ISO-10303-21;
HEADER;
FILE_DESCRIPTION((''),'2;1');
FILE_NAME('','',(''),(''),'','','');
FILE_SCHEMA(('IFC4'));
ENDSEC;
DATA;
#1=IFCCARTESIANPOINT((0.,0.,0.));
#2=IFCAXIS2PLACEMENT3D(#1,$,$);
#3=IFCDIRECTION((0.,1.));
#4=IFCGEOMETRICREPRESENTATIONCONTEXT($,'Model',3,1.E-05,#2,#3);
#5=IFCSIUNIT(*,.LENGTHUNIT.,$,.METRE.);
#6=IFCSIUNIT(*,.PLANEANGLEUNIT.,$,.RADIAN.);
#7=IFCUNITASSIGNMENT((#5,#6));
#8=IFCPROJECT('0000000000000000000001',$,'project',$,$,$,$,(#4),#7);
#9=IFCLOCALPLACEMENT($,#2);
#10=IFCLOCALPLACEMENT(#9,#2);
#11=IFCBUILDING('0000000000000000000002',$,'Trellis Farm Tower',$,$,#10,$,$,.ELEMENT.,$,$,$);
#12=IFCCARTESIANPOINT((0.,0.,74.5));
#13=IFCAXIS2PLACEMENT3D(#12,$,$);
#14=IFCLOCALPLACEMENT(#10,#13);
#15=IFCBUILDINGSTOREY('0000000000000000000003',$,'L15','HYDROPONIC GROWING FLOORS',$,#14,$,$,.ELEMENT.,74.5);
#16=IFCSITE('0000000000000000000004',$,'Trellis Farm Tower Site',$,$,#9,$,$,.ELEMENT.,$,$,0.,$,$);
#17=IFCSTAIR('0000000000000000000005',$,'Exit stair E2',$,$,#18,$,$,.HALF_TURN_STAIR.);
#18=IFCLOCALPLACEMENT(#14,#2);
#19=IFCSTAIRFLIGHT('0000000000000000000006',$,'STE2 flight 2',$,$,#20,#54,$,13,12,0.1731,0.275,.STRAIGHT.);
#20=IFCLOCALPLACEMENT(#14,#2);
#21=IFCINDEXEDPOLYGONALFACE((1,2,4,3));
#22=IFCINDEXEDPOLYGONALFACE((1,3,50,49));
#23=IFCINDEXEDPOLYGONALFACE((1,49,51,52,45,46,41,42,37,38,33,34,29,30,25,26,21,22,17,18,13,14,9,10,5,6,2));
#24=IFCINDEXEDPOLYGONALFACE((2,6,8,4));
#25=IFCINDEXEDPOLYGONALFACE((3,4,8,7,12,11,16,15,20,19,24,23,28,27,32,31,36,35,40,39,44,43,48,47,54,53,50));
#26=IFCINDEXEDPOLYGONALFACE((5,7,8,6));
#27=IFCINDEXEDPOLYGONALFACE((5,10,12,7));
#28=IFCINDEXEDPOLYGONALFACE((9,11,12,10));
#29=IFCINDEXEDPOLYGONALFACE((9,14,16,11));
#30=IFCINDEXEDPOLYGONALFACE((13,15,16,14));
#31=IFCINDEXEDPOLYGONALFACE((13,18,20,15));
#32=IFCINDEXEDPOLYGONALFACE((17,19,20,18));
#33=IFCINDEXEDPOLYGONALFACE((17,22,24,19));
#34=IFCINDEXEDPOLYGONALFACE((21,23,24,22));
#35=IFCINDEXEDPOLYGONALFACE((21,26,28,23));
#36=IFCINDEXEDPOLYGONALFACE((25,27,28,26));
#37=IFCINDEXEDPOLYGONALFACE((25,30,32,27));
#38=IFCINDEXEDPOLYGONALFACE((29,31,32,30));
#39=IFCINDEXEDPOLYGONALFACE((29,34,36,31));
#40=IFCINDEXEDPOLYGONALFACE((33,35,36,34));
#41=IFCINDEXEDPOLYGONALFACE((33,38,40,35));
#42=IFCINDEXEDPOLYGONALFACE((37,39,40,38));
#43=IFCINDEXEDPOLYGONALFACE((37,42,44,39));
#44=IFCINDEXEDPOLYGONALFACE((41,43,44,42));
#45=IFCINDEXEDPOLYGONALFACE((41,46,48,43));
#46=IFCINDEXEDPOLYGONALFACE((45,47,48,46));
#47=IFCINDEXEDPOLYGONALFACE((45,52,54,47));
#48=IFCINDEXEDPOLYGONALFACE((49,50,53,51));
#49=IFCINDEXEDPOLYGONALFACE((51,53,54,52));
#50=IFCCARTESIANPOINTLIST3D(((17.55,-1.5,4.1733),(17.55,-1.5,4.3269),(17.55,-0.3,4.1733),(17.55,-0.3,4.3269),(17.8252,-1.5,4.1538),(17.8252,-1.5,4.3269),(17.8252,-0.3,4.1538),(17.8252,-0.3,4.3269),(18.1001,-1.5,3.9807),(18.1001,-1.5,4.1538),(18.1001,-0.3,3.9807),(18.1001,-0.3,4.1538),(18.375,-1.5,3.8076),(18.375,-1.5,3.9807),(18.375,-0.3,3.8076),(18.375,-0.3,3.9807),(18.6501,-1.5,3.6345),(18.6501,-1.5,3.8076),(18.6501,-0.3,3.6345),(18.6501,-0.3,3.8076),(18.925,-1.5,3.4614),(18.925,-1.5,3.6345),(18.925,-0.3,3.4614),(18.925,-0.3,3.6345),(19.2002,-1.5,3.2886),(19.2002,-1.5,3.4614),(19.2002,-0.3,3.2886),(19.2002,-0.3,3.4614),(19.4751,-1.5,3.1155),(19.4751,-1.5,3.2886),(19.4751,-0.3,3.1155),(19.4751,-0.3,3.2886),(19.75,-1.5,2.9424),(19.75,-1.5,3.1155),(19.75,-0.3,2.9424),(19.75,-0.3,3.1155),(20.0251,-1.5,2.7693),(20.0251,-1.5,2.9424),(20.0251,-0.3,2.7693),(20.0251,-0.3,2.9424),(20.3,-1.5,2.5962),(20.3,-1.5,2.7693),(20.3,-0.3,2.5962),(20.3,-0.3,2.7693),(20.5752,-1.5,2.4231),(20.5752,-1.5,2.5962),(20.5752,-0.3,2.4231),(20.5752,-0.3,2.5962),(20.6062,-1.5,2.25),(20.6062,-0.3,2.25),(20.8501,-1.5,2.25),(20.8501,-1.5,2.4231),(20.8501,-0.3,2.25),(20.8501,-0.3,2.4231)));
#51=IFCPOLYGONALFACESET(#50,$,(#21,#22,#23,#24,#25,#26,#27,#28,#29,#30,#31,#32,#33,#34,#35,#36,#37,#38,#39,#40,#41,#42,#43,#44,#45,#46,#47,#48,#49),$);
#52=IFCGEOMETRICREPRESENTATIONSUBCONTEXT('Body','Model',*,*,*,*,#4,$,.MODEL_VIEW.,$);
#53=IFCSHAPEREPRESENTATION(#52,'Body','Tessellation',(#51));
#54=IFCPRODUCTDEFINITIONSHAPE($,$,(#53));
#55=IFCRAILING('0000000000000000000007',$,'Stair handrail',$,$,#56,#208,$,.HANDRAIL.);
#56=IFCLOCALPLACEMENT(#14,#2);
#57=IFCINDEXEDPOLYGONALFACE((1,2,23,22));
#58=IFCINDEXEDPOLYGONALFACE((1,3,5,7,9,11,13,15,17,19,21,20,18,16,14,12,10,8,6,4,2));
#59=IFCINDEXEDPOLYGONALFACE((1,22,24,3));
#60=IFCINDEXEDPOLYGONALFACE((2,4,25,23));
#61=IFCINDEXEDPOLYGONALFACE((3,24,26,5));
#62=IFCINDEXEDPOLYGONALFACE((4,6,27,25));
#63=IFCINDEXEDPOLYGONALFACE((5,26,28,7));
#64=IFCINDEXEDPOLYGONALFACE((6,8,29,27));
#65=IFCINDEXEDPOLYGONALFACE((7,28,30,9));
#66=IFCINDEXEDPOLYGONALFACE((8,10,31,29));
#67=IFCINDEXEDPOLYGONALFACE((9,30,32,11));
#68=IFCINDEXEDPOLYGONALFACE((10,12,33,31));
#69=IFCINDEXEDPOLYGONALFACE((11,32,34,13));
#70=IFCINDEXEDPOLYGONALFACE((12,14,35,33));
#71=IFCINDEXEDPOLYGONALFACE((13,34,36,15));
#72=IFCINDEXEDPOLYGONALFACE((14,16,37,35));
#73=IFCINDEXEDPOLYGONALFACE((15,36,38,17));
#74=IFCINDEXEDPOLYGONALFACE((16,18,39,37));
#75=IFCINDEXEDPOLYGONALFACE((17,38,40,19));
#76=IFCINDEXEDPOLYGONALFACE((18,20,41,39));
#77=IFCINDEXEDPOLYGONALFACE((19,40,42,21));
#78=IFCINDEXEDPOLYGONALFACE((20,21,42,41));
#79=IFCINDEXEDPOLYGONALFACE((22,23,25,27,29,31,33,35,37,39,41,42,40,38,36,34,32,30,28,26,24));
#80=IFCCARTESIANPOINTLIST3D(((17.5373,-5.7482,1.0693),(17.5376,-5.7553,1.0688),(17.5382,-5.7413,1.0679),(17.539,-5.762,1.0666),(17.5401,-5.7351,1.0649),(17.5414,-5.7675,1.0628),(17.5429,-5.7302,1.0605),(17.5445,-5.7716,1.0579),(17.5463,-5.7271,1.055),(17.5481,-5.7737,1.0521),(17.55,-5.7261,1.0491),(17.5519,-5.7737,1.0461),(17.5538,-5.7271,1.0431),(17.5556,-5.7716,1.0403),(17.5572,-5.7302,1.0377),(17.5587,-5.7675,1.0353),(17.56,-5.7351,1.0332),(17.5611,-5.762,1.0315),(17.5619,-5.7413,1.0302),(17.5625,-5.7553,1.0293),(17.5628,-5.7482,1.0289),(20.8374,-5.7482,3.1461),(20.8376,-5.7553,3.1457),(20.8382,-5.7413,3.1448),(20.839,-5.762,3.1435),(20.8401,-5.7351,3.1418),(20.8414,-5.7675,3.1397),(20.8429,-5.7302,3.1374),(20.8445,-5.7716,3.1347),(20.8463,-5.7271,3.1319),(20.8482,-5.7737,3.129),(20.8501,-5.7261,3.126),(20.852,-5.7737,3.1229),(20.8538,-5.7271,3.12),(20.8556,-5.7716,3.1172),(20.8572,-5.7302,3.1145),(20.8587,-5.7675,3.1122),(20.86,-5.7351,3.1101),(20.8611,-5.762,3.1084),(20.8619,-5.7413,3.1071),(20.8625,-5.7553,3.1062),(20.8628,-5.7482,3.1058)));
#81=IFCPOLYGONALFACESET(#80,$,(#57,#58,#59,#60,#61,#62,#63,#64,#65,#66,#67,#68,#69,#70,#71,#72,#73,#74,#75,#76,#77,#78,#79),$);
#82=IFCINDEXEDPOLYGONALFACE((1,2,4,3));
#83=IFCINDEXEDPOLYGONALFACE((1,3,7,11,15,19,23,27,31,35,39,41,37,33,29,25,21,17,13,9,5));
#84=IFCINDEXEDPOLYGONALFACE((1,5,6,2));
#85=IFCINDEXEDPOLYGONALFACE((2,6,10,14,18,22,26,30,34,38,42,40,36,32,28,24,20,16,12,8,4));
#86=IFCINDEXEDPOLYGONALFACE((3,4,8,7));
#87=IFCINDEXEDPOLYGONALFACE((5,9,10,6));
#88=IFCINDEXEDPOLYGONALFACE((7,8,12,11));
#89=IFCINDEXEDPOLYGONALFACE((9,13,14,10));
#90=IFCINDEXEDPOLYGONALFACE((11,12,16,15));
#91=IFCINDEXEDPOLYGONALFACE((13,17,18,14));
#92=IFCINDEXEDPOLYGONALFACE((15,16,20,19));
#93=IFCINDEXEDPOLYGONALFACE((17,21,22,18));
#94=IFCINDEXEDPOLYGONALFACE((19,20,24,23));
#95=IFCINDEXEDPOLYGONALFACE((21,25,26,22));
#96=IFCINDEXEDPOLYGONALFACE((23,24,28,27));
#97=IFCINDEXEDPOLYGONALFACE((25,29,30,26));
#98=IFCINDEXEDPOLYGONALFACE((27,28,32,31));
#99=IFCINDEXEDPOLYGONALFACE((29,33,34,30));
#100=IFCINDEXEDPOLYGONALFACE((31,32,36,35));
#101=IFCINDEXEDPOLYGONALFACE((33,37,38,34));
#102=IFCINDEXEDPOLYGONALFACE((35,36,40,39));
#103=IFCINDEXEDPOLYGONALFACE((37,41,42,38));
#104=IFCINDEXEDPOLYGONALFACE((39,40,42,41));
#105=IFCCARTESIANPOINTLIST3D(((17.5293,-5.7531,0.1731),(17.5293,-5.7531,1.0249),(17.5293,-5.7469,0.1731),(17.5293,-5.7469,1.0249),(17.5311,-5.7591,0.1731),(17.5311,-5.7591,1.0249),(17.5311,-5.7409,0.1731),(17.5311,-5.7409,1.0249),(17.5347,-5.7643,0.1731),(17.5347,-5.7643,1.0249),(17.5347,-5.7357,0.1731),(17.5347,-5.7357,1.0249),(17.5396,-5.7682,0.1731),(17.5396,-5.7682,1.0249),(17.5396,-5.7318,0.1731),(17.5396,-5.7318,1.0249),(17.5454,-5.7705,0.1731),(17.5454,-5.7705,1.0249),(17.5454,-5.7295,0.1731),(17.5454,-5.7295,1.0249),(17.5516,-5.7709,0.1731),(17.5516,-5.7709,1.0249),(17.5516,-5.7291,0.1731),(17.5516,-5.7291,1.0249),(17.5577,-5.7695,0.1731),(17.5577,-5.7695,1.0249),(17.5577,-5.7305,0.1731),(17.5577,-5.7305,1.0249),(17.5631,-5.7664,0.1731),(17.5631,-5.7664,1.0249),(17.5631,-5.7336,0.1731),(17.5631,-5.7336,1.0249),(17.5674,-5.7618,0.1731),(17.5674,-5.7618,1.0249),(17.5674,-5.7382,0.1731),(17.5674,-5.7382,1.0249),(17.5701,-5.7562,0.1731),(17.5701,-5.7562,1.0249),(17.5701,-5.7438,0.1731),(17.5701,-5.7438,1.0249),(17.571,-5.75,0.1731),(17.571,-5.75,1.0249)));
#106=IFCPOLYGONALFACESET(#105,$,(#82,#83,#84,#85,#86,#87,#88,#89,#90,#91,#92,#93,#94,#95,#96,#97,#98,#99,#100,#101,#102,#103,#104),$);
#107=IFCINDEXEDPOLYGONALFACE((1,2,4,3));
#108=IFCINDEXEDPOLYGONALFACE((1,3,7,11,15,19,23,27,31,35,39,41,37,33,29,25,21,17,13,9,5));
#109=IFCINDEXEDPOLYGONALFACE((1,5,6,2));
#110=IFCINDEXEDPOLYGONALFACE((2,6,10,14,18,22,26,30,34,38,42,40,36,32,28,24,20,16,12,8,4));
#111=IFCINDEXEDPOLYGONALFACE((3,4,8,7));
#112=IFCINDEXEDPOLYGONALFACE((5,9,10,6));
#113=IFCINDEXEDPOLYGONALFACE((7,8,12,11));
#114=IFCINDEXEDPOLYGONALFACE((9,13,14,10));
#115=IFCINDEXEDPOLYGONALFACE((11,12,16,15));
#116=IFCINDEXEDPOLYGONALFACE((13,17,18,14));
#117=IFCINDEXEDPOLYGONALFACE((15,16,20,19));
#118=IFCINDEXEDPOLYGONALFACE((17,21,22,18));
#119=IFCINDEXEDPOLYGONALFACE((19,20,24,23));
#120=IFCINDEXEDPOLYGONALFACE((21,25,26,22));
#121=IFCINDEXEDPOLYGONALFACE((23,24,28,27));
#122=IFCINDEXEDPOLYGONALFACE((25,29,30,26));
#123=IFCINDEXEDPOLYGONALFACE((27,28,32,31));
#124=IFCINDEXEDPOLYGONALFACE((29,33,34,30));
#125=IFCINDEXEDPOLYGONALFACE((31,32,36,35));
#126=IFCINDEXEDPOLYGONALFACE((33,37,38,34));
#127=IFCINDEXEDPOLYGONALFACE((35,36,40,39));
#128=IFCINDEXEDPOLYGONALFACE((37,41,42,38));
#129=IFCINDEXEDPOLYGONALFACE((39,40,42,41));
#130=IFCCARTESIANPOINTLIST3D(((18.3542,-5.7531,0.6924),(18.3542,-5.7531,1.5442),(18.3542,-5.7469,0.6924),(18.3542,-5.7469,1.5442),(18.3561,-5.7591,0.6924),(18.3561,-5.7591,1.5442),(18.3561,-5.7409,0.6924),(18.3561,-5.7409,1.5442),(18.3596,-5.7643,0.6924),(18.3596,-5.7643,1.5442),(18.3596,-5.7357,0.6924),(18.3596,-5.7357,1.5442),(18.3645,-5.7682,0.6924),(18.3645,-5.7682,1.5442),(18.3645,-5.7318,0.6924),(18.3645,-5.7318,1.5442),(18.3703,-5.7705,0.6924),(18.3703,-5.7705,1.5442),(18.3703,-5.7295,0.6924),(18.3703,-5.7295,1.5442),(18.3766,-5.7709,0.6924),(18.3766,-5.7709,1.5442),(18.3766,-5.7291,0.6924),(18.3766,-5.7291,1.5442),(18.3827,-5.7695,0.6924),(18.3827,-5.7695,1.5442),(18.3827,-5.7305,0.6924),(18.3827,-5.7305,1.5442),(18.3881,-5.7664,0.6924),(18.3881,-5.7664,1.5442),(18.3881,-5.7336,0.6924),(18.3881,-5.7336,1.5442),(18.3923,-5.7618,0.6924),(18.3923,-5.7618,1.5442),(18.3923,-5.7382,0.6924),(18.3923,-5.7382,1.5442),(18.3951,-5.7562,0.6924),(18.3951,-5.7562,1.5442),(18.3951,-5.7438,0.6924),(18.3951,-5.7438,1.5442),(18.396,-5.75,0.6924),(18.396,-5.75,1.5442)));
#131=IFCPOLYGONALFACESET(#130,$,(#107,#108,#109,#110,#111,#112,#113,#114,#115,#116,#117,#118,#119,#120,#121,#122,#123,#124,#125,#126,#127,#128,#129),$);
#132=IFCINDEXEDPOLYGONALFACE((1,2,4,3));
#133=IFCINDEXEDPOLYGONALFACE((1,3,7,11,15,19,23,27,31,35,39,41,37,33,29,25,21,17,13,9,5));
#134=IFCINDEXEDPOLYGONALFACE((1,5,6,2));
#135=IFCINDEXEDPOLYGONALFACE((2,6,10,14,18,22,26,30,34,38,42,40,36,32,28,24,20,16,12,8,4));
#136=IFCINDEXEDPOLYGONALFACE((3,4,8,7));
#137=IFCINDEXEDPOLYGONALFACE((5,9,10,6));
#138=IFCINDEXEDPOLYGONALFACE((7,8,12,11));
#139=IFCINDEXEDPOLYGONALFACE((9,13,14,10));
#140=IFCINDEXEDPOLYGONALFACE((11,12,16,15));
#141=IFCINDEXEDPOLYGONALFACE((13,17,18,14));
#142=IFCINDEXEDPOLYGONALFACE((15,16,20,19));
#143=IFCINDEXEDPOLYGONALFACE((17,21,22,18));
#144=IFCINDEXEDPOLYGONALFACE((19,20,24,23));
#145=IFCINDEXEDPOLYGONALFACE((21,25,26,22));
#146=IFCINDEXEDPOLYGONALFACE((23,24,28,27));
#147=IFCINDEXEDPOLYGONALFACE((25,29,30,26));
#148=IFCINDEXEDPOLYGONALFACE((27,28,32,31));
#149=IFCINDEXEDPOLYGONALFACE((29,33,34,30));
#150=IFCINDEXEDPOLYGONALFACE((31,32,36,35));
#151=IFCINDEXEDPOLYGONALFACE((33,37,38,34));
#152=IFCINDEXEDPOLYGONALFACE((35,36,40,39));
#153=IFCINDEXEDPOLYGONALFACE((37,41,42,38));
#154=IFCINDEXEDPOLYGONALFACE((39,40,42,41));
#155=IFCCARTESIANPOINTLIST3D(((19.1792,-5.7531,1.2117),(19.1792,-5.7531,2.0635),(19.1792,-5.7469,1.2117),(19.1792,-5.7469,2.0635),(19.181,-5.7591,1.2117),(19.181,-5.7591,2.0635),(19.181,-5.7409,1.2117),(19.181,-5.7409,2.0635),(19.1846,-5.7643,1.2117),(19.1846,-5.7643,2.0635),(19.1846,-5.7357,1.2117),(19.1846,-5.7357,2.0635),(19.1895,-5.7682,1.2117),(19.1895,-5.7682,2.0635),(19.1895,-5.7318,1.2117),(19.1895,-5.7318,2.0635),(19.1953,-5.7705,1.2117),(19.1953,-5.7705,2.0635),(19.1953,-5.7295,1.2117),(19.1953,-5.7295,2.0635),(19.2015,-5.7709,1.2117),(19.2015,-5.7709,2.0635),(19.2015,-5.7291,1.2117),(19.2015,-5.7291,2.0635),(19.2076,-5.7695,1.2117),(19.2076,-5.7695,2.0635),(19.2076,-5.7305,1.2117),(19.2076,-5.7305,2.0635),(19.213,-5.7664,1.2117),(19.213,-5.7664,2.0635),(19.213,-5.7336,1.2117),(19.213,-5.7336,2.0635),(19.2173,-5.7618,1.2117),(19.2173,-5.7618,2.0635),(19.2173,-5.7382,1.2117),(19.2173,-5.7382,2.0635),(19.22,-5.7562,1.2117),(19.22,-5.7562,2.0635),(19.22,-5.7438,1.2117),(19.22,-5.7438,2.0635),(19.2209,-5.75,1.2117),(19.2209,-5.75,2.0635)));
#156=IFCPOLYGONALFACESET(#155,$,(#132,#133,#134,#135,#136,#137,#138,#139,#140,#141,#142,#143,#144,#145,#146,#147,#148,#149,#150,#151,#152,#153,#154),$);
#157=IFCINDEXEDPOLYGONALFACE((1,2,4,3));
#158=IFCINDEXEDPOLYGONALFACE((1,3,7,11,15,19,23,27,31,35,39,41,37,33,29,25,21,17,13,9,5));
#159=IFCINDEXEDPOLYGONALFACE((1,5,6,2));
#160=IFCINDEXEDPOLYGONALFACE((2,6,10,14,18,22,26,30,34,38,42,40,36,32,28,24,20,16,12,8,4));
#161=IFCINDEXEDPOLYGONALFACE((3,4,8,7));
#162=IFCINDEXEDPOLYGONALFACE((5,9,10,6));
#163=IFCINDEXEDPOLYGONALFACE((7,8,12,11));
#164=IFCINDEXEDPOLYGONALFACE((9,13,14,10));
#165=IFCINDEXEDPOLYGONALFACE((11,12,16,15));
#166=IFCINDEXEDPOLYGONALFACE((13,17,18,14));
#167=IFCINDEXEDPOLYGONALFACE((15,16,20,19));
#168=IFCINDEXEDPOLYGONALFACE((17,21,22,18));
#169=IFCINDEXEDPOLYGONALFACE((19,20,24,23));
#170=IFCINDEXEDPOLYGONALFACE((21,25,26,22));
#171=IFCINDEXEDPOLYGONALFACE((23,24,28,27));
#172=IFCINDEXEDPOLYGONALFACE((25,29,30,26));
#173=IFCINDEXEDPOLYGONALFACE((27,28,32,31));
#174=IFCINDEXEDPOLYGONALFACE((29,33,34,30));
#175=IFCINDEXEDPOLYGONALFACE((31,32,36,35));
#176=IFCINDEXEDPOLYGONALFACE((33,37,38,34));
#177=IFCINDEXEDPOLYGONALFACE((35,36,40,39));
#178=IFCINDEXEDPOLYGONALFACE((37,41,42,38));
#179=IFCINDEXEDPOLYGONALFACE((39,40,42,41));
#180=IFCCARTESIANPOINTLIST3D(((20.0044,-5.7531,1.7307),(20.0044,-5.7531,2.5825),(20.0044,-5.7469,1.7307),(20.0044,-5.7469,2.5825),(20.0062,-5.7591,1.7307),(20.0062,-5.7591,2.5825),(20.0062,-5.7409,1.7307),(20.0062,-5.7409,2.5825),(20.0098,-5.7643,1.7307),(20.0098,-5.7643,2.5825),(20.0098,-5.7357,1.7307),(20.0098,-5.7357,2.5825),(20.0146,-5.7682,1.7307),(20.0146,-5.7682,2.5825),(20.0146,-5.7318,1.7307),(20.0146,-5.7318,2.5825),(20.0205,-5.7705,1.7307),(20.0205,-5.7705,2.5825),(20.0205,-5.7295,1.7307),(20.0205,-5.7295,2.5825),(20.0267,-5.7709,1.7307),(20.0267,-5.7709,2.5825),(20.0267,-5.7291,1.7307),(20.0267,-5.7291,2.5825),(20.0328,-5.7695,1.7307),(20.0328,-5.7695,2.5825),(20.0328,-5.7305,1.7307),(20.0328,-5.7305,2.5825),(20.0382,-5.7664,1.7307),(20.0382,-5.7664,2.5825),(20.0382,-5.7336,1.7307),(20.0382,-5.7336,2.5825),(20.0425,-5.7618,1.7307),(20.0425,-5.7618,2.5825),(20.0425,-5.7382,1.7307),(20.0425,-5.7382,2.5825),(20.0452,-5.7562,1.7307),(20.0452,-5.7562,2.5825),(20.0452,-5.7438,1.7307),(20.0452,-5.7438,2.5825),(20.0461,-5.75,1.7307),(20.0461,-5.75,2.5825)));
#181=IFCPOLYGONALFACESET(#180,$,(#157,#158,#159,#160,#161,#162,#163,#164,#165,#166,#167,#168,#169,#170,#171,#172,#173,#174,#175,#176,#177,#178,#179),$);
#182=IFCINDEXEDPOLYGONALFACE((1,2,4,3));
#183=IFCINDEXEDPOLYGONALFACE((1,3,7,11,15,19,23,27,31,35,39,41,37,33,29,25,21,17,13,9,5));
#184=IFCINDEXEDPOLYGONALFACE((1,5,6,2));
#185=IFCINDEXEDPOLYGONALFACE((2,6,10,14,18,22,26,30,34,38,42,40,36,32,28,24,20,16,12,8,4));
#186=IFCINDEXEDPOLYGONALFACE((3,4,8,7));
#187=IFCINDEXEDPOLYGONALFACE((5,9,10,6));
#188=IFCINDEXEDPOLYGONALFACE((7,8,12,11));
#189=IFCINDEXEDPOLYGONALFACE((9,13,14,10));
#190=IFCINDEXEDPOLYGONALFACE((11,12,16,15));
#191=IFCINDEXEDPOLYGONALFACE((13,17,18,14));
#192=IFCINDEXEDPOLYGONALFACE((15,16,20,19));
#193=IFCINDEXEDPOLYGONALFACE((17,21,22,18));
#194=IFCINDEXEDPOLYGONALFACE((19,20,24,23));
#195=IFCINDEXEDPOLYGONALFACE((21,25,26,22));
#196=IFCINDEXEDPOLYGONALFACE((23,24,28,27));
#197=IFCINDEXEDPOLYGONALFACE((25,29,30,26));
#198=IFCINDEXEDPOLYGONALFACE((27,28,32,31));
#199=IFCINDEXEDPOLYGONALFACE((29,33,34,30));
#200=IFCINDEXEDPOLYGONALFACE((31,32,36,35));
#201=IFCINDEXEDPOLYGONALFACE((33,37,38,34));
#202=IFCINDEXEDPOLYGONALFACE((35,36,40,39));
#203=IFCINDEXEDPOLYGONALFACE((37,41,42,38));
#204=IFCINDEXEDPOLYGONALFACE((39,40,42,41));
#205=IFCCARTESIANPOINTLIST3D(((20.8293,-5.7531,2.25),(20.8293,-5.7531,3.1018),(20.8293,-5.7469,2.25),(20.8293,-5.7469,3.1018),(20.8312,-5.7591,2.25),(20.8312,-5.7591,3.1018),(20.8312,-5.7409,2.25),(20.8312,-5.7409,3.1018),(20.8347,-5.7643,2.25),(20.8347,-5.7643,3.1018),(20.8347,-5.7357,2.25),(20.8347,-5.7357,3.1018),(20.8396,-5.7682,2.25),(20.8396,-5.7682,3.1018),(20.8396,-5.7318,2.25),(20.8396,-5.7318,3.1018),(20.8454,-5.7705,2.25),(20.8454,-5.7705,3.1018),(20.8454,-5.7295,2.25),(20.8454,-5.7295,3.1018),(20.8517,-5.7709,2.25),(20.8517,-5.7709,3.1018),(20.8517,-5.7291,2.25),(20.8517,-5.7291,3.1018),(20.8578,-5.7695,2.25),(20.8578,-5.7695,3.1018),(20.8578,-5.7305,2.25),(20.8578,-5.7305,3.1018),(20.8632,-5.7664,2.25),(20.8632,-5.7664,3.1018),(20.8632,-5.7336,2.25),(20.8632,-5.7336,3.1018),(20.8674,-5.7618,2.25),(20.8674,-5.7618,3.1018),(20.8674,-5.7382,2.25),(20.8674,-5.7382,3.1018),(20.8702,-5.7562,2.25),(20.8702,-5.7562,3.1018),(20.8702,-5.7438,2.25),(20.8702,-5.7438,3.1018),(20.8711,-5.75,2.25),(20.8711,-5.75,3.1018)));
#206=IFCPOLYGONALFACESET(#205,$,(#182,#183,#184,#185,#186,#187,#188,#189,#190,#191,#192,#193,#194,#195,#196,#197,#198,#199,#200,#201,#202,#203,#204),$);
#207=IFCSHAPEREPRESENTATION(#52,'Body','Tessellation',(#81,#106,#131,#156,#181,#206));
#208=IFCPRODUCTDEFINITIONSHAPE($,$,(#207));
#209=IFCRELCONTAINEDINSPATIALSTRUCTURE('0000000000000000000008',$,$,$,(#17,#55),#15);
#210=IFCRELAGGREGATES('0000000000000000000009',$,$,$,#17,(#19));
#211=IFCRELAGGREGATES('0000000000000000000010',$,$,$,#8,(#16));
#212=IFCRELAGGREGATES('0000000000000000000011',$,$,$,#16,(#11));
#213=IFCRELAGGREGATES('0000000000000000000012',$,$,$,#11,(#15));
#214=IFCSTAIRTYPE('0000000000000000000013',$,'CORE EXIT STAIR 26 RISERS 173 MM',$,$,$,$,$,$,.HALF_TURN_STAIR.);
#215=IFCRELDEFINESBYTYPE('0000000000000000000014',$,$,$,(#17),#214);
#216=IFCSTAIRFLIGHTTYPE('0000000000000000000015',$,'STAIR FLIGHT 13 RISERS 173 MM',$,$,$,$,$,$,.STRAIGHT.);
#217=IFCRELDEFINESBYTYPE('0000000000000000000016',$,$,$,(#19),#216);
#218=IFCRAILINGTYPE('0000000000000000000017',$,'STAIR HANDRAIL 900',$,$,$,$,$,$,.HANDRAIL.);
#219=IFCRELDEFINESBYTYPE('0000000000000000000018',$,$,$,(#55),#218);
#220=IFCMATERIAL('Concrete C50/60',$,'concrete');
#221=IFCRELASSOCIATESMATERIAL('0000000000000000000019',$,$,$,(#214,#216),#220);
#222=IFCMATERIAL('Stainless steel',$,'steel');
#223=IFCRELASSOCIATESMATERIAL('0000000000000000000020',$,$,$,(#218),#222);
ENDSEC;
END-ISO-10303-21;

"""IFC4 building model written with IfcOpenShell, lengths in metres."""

from ifc_helpers import new_model, si_unit, direction, frame, origin, origin_2d, place, context, subcontext, project, spatial, polyline, circle, outline, extrude, source, transform, mapped, material, type_object, element, aggregate, save


model = new_model("IFC4")

# Units and contexts
model_context = context("Model", 3, precision=1e-05, world=origin(), true_north=direction((0.0, 1.0)))
body_context = subcontext(model_context, "Body", "Model", "MODEL_VIEW")
ifc_project = project(units=[si_unit("LENGTHUNIT", "METRE"), si_unit("PLANEANGLEUNIT", "RADIAN")], contexts=[model_context])

# Site, building, storey
site_placement = place(None, origin())
site = spatial("IfcSite", under=ifc_project, at=site_placement, Name="Trellis Farm Tower Site", CompositionType="ELEMENT", RefElevation=0.0)
building_placement = place(site_placement, origin())
building = spatial("IfcBuilding", under=site, at=building_placement, Name="Trellis Farm Tower", CompositionType="ELEMENT")
storey_placement = place(building_placement, frame((0.0, 0.0, 74.5)))
storey = spatial("IfcBuildingStorey", under=building, at=storey_placement, Name="L15", Description="HYDROPONIC GROWING FLOORS", CompositionType="ELEMENT", Elevation=74.5)

# Shared definitions
placement = place(storey_placement, origin())

# Stair, stair flight
ifc_material_1 = material(Name="Concrete C50/60", Category="concrete")
stair_type = type_object("IfcStairType", Name="CORE EXIT STAIR 26 RISERS 173 MM", PredefinedType="HALF_TURN_STAIR", material=ifc_material_1)
stair_flight_type = type_object("IfcStairFlightType", Name="STAIR FLIGHT 13 RISERS 173 MM", PredefinedType="STRAIGHT", material=ifc_material_1)
shared_shape_1 = source(origin(), body_context, "Body", "SweptSolid", [
    extrude(outline(polyline([(0.0, 0.0), (0.0, 0.1731), (0.2749, 0.1731), (0.2749, 0.3462), (0.55, 0.3462), (0.55, 0.5193), (0.825, 0.5193), (0.825, 0.6924), (1.1001, 0.6924), (1.1001, 0.8655), (1.375, 0.8655), (1.375, 1.0386), (1.6499, 1.0386), (1.6499, 1.2114), (1.925, 1.2114), (1.925, 1.3845), (2.2, 1.3845), (2.2, 1.5576), (2.4751, 1.5576), (2.4751, 1.7307), (2.75, 1.7307), (2.75, 1.9038), (3.0249, 1.9038), (3.0249, 2.0769), (3.3, 2.0769), (3.3, 2.25), (3.3, 1.9233), (0.2439, 0.0), (0.0, 0.0)])), frame((0.0, 0.6001, 0.0), z_axis=(0.0, -1.0, 0.0), x_axis=(1.0, 0.0, 0.0)), (0.0, 0.0, 1.0), 1.2),
])
stair_1 = element("IfcStair", 1, at=placement, inside=storey, type_object=stair_type, Name="Exit stair E2", PredefinedType="HALF_TURN_STAIR")
stair_flight_1_placement = place(storey_placement, frame((20.8501, -0.8999, 2.25), z_axis=(0.0, 0.0, 1.0), x_axis=(-1.0, 0.0, 0.0)))
stair_flight_1 = element("IfcStairFlight", 2, at=stair_flight_1_placement, type_object=stair_flight_type, Name="STE2 flight 2", NumberOfRisers=13, NumberOfTreads=12, PredefinedType="STRAIGHT", RiserHeight=0.1731, TreadLength=0.275, context=body_context, shape_type="MappedRepresentation", body=[
    mapped(shared_shape_1, transform((0.0, 0.0, 0.0))),
])
aggregate(stair_1, [stair_flight_1])

# Railing
ifc_material_2 = material(Name="Stainless steel", Category="steel")
railing_type = type_object("IfcRailingType", Name="STAIR HANDRAIL 900", PredefinedType="HANDRAIL", material=ifc_material_2)
shared_shape_2 = source(origin(), body_context, "Body", "SweptSolid", [
    extrude(circle(Radius=0.0239, at=origin_2d()), frame((0.0, 0.0, 0.876), z_axis=(0.846337, 0.0, 0.532647), x_axis=(0.0, 1.0, 0.0)), (0.0, 0.0, 1.0), 3.8992),
    extrude(circle(Radius=0.021, at=origin_2d()), origin(), (0.0, 0.0, 1.0), 0.8518),
    extrude(circle(Radius=0.021, at=origin_2d()), frame((0.825, 0.0, 0.5193)), (0.0, 0.0, 1.0), 0.8518),
    extrude(circle(Radius=0.021, at=origin_2d()), frame((1.6499, 0.0, 1.0386)), (0.0, 0.0, 1.0), 0.8518),
    extrude(circle(Radius=0.021, at=origin_2d()), frame((2.4751, 0.0, 1.5576)), (0.0, 0.0, 1.0), 0.8518),
    extrude(circle(Radius=0.021, at=origin_2d()), frame((3.3, 0.0, 2.0769)), (0.0, 0.0, 1.0), 0.8518),
])
for number, where, name in (
    (3, (17.55, -5.75, 0.1731), "Stair handrail"),
):
    element("IfcRailing", number, at=place(storey_placement, frame(where)), inside=storey, type_object=railing_type, Name=name, PredefinedType="HANDRAIL", context=body_context, shape_type="MappedRepresentation", body=[
        mapped(shared_shape_2, transform((0.0, 0.0, 0.0))),
    ])

save(model, "model.ifc")
